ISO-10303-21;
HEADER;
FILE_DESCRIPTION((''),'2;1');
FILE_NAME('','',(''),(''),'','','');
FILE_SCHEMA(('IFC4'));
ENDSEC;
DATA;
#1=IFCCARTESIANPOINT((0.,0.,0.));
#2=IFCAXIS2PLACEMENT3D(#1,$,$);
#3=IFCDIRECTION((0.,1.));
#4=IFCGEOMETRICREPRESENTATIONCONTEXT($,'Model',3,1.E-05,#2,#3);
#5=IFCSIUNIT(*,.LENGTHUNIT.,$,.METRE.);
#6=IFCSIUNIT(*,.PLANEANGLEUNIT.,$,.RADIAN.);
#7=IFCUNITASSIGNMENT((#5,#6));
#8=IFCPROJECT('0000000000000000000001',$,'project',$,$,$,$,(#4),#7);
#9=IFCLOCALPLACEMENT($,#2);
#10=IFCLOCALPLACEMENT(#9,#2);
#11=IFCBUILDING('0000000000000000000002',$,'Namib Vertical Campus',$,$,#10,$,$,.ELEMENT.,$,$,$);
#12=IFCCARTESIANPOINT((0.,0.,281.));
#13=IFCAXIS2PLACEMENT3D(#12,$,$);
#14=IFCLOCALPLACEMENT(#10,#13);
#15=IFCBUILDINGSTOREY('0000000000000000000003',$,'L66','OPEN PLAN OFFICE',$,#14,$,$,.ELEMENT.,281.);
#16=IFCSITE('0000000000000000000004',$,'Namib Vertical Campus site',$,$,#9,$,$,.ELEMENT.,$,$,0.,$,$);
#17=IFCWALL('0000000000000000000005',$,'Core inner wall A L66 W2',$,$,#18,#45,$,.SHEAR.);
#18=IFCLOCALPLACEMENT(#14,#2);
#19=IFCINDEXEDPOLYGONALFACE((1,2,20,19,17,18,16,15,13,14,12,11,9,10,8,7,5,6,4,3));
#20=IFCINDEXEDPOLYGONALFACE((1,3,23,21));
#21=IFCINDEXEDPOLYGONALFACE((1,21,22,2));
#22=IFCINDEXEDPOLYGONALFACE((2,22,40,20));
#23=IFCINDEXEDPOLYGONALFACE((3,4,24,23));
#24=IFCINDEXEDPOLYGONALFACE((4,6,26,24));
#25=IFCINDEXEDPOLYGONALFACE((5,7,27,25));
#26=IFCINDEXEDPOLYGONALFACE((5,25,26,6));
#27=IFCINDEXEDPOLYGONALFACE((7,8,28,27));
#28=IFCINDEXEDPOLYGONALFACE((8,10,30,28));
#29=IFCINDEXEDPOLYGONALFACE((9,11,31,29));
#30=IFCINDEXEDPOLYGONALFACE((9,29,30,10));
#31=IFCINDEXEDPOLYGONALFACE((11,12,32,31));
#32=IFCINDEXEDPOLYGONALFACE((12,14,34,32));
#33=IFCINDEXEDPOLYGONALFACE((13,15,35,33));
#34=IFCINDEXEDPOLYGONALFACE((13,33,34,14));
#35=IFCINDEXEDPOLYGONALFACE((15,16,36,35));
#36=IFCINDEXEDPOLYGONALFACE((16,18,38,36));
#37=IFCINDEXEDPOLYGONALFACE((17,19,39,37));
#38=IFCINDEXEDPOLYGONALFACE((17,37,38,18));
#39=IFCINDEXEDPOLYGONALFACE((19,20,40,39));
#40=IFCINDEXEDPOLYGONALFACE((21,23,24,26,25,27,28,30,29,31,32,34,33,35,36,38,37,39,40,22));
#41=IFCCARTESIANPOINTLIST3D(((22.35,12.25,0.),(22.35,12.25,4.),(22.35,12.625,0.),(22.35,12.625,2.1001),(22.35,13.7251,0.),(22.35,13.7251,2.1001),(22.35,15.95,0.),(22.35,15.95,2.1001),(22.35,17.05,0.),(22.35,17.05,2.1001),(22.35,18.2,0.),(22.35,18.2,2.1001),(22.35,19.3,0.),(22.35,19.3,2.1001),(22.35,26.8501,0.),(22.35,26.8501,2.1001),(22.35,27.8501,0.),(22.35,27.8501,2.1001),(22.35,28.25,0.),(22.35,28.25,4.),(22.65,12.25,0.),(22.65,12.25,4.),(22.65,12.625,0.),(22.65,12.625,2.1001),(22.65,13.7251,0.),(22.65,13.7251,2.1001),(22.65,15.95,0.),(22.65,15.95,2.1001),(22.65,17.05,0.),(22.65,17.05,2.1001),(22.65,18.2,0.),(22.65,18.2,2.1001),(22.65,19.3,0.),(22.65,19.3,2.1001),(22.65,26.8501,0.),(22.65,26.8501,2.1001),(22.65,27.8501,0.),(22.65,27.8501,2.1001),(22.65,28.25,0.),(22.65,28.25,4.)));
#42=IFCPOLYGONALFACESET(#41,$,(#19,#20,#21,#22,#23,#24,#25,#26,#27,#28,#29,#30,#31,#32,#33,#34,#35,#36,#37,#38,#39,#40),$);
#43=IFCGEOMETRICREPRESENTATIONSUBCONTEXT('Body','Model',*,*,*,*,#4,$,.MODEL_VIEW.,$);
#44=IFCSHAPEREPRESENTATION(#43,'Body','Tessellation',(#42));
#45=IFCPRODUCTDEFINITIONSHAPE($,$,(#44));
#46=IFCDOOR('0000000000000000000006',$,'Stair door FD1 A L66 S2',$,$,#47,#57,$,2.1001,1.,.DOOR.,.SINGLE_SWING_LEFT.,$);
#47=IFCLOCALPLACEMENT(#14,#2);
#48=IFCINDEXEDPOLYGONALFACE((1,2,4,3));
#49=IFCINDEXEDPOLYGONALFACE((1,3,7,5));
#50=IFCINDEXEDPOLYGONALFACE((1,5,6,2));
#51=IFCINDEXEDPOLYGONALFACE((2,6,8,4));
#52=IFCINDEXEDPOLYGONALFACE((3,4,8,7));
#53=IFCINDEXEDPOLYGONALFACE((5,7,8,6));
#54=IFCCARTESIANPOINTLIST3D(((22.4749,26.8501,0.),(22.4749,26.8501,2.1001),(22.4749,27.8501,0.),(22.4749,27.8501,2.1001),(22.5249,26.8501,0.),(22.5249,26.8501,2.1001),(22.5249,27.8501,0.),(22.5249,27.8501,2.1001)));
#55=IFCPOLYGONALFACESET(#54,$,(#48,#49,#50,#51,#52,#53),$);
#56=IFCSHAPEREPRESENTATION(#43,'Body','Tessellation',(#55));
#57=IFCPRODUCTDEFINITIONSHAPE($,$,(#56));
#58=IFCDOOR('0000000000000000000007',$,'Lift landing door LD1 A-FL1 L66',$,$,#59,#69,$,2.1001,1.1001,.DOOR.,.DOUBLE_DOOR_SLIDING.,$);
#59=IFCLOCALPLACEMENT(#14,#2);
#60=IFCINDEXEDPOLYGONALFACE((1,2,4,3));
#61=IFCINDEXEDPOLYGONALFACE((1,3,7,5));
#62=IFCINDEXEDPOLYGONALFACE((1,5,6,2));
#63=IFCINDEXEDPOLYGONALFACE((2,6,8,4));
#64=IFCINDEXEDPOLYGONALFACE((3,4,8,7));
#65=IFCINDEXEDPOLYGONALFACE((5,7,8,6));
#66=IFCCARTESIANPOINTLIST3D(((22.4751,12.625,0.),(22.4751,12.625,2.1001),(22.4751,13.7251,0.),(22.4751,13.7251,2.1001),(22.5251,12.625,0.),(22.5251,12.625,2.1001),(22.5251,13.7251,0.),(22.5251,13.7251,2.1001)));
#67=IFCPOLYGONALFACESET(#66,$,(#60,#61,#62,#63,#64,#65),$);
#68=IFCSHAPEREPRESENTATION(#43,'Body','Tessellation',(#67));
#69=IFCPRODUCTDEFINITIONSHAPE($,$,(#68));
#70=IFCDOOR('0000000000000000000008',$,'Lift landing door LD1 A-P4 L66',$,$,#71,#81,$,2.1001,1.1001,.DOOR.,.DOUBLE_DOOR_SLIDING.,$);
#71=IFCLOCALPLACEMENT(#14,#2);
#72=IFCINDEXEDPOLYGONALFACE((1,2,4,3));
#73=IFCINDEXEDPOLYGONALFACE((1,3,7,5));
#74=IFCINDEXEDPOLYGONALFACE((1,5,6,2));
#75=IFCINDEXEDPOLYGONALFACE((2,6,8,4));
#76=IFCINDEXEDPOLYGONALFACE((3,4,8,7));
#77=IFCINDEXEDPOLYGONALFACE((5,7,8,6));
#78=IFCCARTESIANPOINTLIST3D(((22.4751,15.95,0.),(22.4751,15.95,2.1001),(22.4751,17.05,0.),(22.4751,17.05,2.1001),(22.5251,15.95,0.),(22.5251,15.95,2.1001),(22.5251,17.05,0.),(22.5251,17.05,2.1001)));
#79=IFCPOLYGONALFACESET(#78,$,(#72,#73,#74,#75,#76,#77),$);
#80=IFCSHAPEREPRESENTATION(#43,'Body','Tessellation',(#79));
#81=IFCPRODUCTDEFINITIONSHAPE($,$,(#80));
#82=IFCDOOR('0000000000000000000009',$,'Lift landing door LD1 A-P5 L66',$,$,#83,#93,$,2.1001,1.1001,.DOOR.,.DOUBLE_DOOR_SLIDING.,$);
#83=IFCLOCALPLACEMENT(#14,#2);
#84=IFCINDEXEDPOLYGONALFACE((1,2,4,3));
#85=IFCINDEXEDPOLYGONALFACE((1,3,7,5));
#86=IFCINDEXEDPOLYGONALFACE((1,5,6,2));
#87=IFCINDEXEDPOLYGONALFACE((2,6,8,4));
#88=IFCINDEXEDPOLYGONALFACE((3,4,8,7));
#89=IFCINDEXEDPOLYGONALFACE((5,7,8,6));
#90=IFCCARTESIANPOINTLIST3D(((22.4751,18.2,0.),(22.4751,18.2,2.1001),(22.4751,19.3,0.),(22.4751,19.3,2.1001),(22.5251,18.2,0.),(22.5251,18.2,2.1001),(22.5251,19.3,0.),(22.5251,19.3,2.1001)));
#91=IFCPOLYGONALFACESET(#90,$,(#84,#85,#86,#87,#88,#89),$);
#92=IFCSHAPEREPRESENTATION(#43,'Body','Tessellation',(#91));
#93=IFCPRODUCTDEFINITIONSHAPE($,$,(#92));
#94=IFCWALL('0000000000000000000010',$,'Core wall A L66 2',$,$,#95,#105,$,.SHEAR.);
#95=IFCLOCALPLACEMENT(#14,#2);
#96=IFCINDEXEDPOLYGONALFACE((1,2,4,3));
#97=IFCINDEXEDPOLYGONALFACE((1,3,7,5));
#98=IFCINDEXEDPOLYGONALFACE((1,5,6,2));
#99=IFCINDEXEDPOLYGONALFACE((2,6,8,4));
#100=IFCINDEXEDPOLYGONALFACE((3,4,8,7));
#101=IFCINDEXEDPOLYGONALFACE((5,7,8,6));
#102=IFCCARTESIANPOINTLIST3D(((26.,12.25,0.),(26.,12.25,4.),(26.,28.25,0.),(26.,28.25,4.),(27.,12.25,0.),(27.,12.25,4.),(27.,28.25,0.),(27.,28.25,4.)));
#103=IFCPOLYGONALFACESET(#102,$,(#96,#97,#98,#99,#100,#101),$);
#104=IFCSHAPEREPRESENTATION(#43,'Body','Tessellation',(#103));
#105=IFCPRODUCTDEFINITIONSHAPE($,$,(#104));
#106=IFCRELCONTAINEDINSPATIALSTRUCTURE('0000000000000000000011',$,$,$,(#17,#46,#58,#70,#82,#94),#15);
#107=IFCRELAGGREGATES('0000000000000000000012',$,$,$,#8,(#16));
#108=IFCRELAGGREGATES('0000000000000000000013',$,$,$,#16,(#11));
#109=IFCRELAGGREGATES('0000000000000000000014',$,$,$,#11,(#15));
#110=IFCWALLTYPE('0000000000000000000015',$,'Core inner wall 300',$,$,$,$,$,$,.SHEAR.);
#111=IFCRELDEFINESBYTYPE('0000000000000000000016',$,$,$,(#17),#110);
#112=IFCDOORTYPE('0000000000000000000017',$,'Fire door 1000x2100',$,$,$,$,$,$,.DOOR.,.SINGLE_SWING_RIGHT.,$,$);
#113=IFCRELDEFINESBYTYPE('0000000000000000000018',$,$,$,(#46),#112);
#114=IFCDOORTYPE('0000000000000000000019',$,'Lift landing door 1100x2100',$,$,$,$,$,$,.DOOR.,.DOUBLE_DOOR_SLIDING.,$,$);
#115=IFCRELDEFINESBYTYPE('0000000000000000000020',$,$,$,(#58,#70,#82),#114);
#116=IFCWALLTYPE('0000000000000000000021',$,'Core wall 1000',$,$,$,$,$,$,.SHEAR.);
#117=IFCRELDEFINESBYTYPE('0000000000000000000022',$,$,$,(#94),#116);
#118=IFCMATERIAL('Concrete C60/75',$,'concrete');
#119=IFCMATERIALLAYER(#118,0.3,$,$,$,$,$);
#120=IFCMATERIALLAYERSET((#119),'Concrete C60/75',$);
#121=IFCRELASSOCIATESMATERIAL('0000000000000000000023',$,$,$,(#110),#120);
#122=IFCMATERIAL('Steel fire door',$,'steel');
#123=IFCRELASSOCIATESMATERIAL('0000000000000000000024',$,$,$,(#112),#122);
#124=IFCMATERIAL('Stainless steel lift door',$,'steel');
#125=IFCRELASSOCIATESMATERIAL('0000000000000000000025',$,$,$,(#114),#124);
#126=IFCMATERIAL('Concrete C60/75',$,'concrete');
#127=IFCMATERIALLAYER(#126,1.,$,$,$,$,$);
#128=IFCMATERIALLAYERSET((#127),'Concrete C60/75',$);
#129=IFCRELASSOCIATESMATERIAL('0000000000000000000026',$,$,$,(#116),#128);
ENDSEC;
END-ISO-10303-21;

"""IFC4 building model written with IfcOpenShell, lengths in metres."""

from ifc_helpers import new_model, si_unit, direction, frame, frame_2d, origin, place, context, subcontext, project, spatial, rectangle, extrude, material, layer, layer_set, type_object, element, fill, save


model = new_model("IFC4")

# Units and contexts
model_context = context("Model", 3, precision=1e-05, world=origin(), true_north=direction((0.0, 1.0)))
body_context = subcontext(model_context, "Body", "Model", "MODEL_VIEW")
ifc_project = project(units=[si_unit("LENGTHUNIT", "METRE"), si_unit("PLANEANGLEUNIT", "RADIAN")], contexts=[model_context])

# Site, building, storey
site_placement = place(None, origin())
site = spatial("IfcSite", under=ifc_project, at=site_placement, Name="Namib Vertical Campus site", CompositionType="ELEMENT", RefElevation=0.0)
building_placement = place(site_placement, origin())
building = spatial("IfcBuilding", under=site, at=building_placement, Name="Namib Vertical Campus", CompositionType="ELEMENT")
storey_placement = place(building_placement, frame((0.0, 0.0, 281.0)))
storey = spatial("IfcBuildingStorey", under=building, at=storey_placement, Name="L66", Description="OPEN PLAN OFFICE", CompositionType="ELEMENT", Elevation=281.0)

# Wall, openings, doors
ifc_material_1 = material(Name="Concrete C60/75", Category="concrete")
ifc_layer_1 = layer(ifc_material_1, 0.3)
ifc_layer_set_1 = layer_set([ifc_layer_1], Name="Concrete C60/75")
wall_type_1 = type_object("IfcWallType", Name="Core inner wall 300", PredefinedType="SHEAR", material=ifc_layer_set_1)
ifc_material_2 = material(Name="Steel fire door", Category="steel")
door_type_1 = type_object("IfcDoorType", Name="Fire door 1000x2100", OperationType="SINGLE_SWING_RIGHT", PredefinedType="DOOR", material=ifc_material_2)
ifc_material_3 = material(Name="Stainless steel lift door", Category="steel")
door_type_2 = type_object("IfcDoorType", Name="Lift landing door 1100x2100", OperationType="DOUBLE_DOOR_SLIDING", PredefinedType="DOOR", material=ifc_material_3)
wall_1_placement = place(storey_placement, frame((22.5, 12.25, 0.0), z_axis=(0.0, 0.0, 1.0), x_axis=(0.0, 1.0, 0.0)))
wall_1 = element("IfcWall", 1, at=wall_1_placement, inside=storey, type_object=wall_type_1, Name="Core inner wall A L66 W2", PredefinedType="SHEAR", context=body_context, shape_type="SweptSolid", body=[
    extrude(rectangle(XDim=16.0, YDim=0.3, at=frame_2d((8.0, 0.0))), origin(), (0.0, 0.0, 1.0), 4.0),
])
opening_1_placement = place(wall_1_placement, frame((14.6001, 0.0, 0.0)))
opening_1 = element("IfcOpeningElement", 2, at=opening_1_placement, cuts=wall_1, PredefinedType="OPENING", context=body_context, shape_type="SweptSolid", body=[
    extrude(rectangle(XDim=1.0, YDim=2.1001, at=frame_2d((0.5, 1.05))), frame((0.0, 0.1599, 0.0), z_axis=(0.0, -1.0, 0.0), x_axis=(1.0, 0.0, 0.0)), (0.0, 0.0, 1.0), 0.3201),
])
opening_2_placement = place(wall_1_placement, frame((0.375, 0.0, 0.0)))
opening_2 = element("IfcOpeningElement", 3, at=opening_2_placement, cuts=wall_1, PredefinedType="OPENING", context=body_context, shape_type="SweptSolid", body=[
    extrude(rectangle(XDim=1.1001, YDim=2.1001, at=frame_2d((0.55, 1.05))), frame((0.0, 0.1599, 0.0), z_axis=(0.0, -1.0, 0.0), x_axis=(1.0, 0.0, 0.0)), (0.0, 0.0, 1.0), 0.3201),
])
opening_3_placement = place(wall_1_placement, frame((3.7, 0.0, 0.0)))
opening_3 = element("IfcOpeningElement", 4, at=opening_3_placement, cuts=wall_1, PredefinedType="OPENING", context=body_context, shape_type="SweptSolid", body=[
    extrude(rectangle(XDim=1.1001, YDim=2.1001, at=frame_2d((0.55, 1.05))), frame((0.0, 0.1599, 0.0), z_axis=(0.0, -1.0, 0.0), x_axis=(1.0, 0.0, 0.0)), (0.0, 0.0, 1.0), 0.3201),
])
opening_4_placement = place(wall_1_placement, frame((5.95, 0.0, 0.0)))
opening_4 = element("IfcOpeningElement", 5, at=opening_4_placement, cuts=wall_1, PredefinedType="OPENING", context=body_context, shape_type="SweptSolid", body=[
    extrude(rectangle(XDim=1.1001, YDim=2.1001, at=frame_2d((0.55, 1.05))), frame((0.0, 0.1599, 0.0), z_axis=(0.0, -1.0, 0.0), x_axis=(1.0, 0.0, 0.0)), (0.0, 0.0, 1.0), 0.3201),
])
door_1_placement = place(opening_1_placement, frame((1.0, 0.0, 0.0), z_axis=(0.0, 0.0, 1.0), x_axis=(-1.0, 0.0, 0.0)))
door_1 = element("IfcDoor", 6, at=door_1_placement, inside=storey, type_object=door_type_1, Name="Stair door FD1 A L66 S2", OperationType="SINGLE_SWING_LEFT", OverallHeight=2.1001, OverallWidth=1.0, PredefinedType="DOOR", context=body_context, shape_type="SweptSolid", body=[
    extrude(rectangle(XDim=1.0, YDim=2.1001, at=frame_2d((0.5, 1.05))), frame((0.0, 0.0249, 0.0), z_axis=(0.0, -1.0, 0.0), x_axis=(1.0, 0.0, 0.0)), (0.0, 0.0, 1.0), 0.05),
])
fill(opening_1, door_1)
door_2_placement = place(opening_2_placement, origin())
door_2 = element("IfcDoor", 7, at=door_2_placement, inside=storey, type_object=door_type_2, Name="Lift landing door LD1 A-FL1 L66", OperationType="DOUBLE_DOOR_SLIDING", OverallHeight=2.1001, OverallWidth=1.1001, PredefinedType="DOOR", context=body_context, shape_type="SweptSolid", body=[
    extrude(rectangle(XDim=1.1001, YDim=2.1001, at=frame_2d((0.55, 1.05))), frame((0.0, 0.0249, 0.0), z_axis=(0.0, -1.0, 0.0), x_axis=(1.0, 0.0, 0.0)), (0.0, 0.0, 1.0), 0.05),
])
fill(opening_2, door_2)
door_3_placement = place(opening_3_placement, origin())
door_3 = element("IfcDoor", 8, at=door_3_placement, inside=storey, type_object=door_type_2, Name="Lift landing door LD1 A-P4 L66", OperationType="DOUBLE_DOOR_SLIDING", OverallHeight=2.1001, OverallWidth=1.1001, PredefinedType="DOOR", context=body_context, shape_type="SweptSolid", body=[
    extrude(rectangle(XDim=1.1001, YDim=2.1001, at=frame_2d((0.55, 1.05))), frame((0.0, 0.0249, 0.0), z_axis=(0.0, -1.0, 0.0), x_axis=(1.0, 0.0, 0.0)), (0.0, 0.0, 1.0), 0.05),
])
fill(opening_3, door_3)
door_4_placement = place(opening_4_placement, origin())
door_4 = element("IfcDoor", 9, at=door_4_placement, inside=storey, type_object=door_type_2, Name="Lift landing door LD1 A-P5 L66", OperationType="DOUBLE_DOOR_SLIDING", OverallHeight=2.1001, OverallWidth=1.1001, PredefinedType="DOOR", context=body_context, shape_type="SweptSolid", body=[
    extrude(rectangle(XDim=1.1001, YDim=2.1001, at=frame_2d((0.55, 1.05))), frame((0.0, 0.0249, 0.0), z_axis=(0.0, -1.0, 0.0), x_axis=(1.0, 0.0, 0.0)), (0.0, 0.0, 1.0), 0.05),
])
fill(opening_4, door_4)

# Wall
ifc_material_4 = material(Name="Concrete C60/75", Category="concrete")
ifc_layer_2 = layer(ifc_material_4, 1.0)
ifc_layer_set_2 = layer_set([ifc_layer_2], Name="Concrete C60/75")
wall_type_2 = type_object("IfcWallType", Name="Core wall 1000", PredefinedType="SHEAR", material=ifc_layer_set_2)
wall_2_placement = place(storey_placement, frame((26.5, 12.25, 0.0), z_axis=(0.0, 0.0, 1.0), x_axis=(0.0, 1.0, 0.0)))
element("IfcWall", 10, at=wall_2_placement, inside=storey, type_object=wall_type_2, Name="Core wall A L66 2", PredefinedType="SHEAR", context=body_context, shape_type="SweptSolid", body=[
    extrude(rectangle(XDim=16.0, YDim=1.0, at=frame_2d((8.0, 0.0))), origin(), (0.0, 0.0, 1.0), 4.0),
])

save(model, "model.ifc")
